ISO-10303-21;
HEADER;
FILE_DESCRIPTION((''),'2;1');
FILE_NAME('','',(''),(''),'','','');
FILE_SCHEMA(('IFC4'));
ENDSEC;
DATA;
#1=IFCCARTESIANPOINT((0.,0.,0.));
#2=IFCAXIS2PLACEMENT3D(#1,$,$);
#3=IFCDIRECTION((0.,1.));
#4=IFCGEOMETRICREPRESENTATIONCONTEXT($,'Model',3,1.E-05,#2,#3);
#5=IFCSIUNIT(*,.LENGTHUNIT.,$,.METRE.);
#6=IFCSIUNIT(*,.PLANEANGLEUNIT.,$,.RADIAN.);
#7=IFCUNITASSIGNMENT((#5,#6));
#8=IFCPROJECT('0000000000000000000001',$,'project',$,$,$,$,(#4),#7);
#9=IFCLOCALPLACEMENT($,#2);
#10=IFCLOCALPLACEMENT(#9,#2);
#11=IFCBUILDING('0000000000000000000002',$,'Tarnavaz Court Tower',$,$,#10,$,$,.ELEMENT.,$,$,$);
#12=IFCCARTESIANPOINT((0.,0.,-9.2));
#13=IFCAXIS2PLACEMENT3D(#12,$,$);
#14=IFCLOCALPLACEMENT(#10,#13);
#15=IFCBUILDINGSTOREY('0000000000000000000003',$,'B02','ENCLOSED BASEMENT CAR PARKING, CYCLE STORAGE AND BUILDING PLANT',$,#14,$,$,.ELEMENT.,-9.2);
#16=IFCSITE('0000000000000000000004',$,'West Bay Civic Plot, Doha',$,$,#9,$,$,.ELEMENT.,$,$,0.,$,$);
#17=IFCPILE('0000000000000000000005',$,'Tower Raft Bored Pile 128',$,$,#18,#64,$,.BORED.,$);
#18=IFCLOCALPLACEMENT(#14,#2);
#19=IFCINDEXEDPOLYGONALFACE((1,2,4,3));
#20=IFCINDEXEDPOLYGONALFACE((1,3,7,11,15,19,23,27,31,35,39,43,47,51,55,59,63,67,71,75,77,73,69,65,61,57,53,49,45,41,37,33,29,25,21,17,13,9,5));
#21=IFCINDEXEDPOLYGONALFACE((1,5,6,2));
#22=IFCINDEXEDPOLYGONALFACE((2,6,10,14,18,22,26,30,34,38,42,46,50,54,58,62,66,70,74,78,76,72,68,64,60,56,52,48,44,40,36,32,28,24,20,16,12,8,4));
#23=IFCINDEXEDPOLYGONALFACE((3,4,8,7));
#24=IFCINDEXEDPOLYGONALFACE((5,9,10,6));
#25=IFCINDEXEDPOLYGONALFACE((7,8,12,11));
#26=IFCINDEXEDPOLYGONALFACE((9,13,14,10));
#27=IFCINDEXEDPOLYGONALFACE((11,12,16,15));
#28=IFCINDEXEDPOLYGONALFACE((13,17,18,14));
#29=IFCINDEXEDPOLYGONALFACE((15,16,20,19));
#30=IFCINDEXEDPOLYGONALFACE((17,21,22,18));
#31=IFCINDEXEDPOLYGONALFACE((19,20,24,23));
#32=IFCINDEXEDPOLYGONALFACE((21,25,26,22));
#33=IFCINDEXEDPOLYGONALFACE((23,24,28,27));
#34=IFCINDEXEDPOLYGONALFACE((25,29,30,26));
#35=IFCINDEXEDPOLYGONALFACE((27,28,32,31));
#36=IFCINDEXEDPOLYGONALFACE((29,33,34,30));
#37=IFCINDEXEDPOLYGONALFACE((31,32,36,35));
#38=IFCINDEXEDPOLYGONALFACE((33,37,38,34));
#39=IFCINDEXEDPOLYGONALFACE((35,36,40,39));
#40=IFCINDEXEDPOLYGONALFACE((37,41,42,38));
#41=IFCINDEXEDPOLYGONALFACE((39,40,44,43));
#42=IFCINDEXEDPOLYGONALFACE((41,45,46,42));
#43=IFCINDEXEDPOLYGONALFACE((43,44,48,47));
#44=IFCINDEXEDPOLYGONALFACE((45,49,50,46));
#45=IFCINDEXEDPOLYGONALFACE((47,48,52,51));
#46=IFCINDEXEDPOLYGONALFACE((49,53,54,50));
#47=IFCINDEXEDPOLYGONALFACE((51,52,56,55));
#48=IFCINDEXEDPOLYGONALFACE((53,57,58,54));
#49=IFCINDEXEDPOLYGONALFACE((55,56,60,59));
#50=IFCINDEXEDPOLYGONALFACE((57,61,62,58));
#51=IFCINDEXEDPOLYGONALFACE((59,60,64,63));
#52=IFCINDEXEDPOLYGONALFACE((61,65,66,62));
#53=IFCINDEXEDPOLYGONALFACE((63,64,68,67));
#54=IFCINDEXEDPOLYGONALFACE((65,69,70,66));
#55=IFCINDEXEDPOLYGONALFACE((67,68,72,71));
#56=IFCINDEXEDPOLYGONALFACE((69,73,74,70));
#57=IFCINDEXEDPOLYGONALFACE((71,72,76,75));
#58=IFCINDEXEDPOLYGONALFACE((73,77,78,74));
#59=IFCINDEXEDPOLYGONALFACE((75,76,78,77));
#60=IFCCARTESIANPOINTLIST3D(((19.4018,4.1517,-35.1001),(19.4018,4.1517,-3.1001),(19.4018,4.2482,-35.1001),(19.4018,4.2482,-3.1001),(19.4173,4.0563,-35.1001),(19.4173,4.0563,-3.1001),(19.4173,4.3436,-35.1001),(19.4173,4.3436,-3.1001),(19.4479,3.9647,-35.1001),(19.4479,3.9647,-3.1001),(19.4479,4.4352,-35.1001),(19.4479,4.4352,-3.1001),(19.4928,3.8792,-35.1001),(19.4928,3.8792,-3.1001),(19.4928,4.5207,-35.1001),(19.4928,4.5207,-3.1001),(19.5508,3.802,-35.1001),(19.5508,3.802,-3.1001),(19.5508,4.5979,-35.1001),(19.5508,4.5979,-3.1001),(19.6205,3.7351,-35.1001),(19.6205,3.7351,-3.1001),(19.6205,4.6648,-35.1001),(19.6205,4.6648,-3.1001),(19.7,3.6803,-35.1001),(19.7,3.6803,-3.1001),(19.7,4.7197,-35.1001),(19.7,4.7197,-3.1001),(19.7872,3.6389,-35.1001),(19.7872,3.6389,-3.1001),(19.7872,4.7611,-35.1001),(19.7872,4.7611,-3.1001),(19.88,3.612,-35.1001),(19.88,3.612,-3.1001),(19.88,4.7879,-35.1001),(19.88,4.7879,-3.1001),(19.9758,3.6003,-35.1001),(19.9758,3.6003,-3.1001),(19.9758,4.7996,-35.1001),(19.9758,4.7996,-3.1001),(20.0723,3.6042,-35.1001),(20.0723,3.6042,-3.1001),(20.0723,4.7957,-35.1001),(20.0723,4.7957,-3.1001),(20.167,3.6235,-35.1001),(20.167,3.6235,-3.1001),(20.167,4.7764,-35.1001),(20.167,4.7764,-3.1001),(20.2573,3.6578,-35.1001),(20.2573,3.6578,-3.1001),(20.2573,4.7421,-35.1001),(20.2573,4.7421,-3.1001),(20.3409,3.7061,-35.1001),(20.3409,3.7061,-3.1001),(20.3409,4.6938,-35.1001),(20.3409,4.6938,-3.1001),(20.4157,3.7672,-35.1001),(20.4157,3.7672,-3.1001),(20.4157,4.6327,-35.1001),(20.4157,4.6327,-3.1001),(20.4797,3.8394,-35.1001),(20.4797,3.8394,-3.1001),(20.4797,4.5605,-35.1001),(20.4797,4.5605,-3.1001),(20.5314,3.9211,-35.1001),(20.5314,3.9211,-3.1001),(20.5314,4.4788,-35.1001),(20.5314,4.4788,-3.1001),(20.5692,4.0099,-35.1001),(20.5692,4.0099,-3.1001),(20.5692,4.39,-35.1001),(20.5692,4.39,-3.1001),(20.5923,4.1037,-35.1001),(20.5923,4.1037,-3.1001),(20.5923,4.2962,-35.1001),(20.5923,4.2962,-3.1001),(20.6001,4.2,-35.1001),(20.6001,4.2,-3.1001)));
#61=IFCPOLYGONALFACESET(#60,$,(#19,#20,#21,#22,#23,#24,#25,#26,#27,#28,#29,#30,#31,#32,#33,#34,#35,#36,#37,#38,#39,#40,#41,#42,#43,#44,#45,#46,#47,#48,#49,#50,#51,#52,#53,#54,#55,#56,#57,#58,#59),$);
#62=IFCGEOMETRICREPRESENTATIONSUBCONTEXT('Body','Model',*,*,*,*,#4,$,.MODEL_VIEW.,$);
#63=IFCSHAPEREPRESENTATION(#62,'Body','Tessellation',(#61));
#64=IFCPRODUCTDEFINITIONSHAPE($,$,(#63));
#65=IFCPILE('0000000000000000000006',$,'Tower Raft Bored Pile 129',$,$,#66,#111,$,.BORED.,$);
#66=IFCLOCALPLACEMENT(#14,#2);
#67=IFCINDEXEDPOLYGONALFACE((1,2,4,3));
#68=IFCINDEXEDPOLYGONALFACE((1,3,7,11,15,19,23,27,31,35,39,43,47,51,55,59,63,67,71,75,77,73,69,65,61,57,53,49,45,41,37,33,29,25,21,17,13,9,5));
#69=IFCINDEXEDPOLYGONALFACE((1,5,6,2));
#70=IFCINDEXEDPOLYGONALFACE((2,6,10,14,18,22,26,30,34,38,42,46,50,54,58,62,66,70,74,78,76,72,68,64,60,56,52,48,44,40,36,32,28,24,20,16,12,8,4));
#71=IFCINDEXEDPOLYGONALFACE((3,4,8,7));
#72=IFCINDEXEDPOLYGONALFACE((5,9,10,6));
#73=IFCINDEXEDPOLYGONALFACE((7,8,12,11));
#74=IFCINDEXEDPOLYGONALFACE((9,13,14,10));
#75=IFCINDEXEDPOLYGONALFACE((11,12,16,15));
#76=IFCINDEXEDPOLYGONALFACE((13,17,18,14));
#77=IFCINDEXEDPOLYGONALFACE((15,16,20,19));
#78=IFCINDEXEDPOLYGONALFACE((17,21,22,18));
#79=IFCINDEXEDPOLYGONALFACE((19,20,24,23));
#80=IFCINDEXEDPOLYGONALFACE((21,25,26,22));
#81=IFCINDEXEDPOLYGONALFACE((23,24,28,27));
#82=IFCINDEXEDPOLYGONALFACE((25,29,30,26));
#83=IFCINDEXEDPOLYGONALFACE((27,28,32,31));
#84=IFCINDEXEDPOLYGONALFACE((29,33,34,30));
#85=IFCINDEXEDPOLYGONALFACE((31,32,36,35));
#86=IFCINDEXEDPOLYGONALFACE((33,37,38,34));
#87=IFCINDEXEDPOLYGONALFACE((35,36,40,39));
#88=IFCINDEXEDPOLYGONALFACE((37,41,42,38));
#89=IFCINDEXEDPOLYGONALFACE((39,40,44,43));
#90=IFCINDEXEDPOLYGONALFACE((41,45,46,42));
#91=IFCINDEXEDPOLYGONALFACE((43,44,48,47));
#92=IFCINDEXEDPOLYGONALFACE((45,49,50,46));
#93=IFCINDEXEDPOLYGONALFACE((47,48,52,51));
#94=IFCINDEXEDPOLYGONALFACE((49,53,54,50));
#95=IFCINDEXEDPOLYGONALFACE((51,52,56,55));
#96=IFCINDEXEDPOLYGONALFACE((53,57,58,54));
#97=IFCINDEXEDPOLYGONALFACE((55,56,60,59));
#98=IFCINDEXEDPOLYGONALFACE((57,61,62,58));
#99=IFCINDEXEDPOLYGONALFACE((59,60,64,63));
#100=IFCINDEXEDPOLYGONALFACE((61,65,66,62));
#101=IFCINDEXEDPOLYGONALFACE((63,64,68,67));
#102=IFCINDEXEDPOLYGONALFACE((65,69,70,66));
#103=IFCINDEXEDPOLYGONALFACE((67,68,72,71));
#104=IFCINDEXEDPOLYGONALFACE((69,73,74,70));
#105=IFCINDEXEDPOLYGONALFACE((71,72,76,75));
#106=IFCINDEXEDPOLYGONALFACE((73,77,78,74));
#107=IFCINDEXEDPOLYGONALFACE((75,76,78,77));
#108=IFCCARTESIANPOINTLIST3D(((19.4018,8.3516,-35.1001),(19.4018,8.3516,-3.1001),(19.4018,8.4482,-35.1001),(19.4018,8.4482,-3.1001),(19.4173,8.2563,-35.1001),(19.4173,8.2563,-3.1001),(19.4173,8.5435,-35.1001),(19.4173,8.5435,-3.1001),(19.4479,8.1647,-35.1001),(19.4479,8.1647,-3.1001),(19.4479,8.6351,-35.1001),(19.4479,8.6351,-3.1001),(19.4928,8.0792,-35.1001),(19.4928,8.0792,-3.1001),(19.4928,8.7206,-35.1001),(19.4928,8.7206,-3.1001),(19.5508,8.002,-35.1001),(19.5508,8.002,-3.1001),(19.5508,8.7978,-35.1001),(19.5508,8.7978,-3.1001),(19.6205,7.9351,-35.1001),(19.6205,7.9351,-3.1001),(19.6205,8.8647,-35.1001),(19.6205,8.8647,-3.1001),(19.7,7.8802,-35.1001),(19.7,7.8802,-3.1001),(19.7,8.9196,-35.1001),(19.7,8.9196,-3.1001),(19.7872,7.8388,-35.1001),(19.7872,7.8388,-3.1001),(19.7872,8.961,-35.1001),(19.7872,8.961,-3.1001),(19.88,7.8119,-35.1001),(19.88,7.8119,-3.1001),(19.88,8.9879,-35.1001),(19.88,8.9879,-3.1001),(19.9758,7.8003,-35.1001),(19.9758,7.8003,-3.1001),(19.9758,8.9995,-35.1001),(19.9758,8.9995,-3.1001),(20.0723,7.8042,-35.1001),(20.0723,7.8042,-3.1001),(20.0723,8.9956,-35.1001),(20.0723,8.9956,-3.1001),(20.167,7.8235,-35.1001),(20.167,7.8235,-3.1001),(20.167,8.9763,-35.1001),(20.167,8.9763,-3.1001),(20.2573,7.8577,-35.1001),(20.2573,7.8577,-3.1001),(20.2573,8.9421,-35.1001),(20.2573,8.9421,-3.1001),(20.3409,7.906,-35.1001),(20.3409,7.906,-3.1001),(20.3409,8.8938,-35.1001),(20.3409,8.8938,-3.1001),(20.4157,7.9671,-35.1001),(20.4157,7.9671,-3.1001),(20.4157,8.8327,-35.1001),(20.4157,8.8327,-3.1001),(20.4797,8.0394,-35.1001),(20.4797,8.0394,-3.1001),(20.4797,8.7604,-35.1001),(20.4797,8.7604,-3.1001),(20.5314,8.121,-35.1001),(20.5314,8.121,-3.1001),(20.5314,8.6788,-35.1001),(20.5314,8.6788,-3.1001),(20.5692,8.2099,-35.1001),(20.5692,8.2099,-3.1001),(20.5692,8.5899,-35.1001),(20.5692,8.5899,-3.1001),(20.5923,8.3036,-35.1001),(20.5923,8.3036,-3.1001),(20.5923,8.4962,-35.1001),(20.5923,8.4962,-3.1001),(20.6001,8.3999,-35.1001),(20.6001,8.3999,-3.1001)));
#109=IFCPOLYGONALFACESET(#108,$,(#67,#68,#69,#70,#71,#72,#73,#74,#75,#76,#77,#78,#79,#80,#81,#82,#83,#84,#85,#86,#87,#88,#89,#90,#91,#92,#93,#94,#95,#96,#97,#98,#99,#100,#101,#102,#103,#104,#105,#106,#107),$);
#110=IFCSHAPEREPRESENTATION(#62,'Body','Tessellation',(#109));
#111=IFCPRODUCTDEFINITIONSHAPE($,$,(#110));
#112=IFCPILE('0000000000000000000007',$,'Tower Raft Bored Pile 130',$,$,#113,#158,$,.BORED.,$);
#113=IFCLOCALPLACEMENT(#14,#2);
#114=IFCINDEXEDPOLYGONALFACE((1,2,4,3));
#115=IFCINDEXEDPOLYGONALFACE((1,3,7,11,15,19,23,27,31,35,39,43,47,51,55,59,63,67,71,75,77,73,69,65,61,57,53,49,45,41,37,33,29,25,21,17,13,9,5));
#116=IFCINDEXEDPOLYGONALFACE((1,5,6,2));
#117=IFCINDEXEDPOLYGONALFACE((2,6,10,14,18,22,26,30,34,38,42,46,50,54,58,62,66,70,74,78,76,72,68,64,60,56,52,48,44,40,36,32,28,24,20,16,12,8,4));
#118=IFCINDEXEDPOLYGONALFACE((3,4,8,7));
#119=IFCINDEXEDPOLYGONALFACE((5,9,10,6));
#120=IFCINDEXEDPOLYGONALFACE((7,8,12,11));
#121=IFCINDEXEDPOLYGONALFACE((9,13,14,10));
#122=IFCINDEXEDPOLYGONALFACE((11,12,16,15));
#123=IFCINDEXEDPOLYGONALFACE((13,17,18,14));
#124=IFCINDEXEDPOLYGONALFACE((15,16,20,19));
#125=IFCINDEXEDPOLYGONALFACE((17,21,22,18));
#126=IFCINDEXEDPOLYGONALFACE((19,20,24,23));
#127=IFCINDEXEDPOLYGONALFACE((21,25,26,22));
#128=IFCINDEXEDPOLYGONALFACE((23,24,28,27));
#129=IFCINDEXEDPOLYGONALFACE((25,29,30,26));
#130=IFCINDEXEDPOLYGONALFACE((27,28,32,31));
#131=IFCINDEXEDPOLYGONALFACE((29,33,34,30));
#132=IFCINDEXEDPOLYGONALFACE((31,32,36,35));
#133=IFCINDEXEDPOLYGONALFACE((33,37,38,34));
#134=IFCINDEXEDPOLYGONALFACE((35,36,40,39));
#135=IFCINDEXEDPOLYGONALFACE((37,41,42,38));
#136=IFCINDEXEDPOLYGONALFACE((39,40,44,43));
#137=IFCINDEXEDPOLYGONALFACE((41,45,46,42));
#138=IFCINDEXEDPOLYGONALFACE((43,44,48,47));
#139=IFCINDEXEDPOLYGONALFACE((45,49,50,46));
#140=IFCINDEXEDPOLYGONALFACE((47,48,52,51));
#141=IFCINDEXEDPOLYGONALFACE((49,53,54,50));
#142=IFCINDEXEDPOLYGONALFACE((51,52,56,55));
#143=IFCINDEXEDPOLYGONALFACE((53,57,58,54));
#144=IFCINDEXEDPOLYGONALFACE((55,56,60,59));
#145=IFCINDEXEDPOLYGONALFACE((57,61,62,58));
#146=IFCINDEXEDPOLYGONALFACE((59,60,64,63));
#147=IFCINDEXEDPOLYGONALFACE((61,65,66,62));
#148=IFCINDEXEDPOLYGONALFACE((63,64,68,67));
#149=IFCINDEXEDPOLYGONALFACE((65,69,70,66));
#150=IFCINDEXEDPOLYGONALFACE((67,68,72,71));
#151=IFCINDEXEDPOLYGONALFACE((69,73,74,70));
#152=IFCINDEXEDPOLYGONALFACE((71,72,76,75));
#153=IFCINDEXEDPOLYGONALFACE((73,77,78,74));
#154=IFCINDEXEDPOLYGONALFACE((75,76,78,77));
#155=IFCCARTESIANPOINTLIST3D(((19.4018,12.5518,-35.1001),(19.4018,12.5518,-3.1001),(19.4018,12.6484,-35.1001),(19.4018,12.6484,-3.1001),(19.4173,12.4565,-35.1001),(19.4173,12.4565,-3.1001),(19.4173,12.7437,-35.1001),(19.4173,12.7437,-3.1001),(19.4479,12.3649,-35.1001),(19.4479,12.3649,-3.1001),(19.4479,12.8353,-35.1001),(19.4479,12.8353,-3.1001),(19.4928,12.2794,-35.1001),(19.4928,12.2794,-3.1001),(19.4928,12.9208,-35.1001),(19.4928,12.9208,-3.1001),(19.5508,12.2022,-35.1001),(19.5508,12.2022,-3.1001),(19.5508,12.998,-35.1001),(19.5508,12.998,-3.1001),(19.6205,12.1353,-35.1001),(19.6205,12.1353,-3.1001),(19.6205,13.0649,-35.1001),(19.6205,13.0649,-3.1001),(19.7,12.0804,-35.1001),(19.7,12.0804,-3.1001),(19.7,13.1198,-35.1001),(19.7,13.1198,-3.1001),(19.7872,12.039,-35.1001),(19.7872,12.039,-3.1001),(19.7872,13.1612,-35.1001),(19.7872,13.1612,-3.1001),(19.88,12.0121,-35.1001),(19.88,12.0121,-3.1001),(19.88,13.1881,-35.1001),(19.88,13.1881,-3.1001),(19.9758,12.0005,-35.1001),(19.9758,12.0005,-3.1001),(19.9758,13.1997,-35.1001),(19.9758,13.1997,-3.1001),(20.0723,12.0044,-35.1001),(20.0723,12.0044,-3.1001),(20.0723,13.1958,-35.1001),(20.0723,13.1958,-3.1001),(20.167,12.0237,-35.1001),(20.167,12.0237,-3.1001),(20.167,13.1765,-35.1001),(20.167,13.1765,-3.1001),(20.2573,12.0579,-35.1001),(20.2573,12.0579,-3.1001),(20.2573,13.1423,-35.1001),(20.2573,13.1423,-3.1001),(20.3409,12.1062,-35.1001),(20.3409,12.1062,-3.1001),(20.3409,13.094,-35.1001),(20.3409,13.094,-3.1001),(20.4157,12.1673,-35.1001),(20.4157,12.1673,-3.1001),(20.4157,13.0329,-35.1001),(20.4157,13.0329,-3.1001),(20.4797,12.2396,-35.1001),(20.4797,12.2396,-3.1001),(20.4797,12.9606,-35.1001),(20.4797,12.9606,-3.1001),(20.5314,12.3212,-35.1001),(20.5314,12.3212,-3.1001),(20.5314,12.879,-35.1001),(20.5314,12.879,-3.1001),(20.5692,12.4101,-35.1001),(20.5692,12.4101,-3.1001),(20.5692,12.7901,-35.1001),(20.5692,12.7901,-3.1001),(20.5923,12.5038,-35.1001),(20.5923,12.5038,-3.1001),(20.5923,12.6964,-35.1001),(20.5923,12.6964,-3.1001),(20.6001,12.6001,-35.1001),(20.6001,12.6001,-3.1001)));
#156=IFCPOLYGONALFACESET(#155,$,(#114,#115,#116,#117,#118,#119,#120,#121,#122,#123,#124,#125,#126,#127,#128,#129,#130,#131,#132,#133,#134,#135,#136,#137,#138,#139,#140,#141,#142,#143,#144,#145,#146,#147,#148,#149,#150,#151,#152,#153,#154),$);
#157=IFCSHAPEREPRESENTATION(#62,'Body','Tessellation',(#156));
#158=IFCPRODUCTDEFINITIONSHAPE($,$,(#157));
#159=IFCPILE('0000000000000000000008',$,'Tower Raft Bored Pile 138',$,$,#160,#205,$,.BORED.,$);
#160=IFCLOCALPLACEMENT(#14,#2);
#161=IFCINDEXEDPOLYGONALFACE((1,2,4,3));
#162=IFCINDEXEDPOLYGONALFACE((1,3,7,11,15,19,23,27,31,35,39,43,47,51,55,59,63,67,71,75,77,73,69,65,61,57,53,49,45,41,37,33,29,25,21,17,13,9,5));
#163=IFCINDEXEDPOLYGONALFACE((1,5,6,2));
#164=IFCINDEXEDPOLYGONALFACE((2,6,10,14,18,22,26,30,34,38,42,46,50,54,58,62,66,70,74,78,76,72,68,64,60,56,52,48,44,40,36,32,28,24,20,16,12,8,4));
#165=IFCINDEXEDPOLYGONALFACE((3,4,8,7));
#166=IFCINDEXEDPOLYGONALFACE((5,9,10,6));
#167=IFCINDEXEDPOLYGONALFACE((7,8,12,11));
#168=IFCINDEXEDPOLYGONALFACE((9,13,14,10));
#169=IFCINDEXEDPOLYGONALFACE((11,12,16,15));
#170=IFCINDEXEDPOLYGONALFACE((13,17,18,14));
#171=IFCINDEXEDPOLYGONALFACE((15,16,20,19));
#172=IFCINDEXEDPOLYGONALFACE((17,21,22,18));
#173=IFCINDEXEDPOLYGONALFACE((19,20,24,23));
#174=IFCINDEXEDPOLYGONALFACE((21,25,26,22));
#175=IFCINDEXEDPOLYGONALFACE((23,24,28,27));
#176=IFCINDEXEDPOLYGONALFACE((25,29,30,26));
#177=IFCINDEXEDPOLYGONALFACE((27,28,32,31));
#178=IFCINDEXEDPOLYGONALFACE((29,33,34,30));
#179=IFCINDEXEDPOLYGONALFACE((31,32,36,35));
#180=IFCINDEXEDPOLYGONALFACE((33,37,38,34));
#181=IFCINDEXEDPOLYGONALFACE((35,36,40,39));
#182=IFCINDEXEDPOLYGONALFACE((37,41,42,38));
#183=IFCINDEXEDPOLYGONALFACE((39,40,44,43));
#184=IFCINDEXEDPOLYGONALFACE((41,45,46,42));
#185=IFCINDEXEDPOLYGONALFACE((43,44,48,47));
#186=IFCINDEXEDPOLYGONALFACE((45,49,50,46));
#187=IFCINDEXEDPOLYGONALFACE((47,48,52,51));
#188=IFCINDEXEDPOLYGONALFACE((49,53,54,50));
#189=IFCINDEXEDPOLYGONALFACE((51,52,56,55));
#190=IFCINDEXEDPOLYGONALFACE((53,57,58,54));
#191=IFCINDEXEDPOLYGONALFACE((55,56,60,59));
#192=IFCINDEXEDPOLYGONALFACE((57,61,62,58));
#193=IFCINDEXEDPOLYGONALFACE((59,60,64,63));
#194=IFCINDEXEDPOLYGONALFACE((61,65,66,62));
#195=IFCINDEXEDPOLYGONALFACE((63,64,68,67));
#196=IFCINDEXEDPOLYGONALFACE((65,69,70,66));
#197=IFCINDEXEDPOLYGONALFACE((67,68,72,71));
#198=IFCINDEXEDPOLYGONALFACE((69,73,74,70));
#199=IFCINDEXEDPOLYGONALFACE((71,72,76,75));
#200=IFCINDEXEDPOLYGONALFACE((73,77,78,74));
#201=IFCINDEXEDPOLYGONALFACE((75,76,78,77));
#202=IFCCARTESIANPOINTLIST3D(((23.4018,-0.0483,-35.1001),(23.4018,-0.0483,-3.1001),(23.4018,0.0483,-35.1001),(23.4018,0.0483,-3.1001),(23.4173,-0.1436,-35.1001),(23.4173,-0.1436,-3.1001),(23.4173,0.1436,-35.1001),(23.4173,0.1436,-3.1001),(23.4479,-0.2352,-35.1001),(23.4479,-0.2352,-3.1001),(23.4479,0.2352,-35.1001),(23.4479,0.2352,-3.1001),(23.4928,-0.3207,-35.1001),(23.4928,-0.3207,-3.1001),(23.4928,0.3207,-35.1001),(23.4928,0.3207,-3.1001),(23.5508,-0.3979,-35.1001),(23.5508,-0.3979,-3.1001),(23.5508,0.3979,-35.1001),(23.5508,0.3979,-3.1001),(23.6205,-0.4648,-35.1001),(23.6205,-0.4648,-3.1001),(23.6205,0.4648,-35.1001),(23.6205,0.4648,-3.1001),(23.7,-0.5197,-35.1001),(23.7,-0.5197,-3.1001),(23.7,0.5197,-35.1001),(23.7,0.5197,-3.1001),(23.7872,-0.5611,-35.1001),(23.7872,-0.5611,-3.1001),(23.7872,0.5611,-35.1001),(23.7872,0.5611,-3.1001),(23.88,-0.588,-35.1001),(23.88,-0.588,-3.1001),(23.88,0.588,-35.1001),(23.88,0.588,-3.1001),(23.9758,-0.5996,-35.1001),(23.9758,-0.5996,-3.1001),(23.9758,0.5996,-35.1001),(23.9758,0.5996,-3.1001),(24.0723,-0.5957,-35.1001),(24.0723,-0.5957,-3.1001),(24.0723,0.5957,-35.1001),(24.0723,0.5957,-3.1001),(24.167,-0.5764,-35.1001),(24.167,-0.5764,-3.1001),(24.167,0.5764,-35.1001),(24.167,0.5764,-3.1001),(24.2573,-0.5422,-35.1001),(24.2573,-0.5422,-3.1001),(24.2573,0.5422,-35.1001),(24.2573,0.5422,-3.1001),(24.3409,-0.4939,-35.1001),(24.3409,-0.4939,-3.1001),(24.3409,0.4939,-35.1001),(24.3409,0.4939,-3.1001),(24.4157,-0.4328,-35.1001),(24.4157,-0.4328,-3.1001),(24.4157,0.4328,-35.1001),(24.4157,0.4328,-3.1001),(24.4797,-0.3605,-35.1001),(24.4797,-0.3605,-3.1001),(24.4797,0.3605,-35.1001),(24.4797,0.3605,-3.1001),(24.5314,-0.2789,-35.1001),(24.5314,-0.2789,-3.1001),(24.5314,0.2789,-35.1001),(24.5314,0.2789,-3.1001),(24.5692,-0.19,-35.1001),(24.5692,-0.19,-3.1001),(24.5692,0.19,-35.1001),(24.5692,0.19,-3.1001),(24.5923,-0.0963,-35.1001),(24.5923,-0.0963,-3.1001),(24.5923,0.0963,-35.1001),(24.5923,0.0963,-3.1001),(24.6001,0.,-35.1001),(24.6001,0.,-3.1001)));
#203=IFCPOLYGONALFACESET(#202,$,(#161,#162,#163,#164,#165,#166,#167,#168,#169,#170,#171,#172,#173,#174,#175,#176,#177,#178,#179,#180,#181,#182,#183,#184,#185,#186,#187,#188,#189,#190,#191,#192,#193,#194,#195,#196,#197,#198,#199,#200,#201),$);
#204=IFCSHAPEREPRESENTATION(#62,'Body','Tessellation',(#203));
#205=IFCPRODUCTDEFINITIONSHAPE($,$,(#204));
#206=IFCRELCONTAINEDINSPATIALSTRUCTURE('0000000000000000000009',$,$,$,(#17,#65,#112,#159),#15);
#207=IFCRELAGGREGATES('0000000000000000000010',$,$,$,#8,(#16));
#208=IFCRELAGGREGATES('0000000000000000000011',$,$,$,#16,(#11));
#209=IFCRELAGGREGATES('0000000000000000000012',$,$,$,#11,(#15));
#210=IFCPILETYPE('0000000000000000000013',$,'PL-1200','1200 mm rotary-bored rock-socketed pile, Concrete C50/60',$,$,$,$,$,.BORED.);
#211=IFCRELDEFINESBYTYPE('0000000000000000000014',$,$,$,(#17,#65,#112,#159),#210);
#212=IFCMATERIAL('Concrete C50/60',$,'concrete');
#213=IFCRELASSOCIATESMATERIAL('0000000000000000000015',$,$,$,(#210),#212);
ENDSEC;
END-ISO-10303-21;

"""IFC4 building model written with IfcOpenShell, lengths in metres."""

from ifc_helpers import new_model, si_unit, direction, frame, origin, origin_2d, place, context, subcontext, project, spatial, circle, extrude, material, material_profile, profile_set, type_object, element, save


model = new_model("IFC4")

# Units and contexts
model_context = context("Model", 3, precision=1e-05, world=origin(), true_north=direction((0.0, 1.0)))
body_context = subcontext(model_context, "Body", "Model", "MODEL_VIEW")
ifc_project = project(units=[si_unit("LENGTHUNIT", "METRE"), si_unit("PLANEANGLEUNIT", "RADIAN")], contexts=[model_context])

# Site, building, storey
site_placement = place(None, origin())
site = spatial("IfcSite", under=ifc_project, at=site_placement, Name="West Bay Civic Plot, Doha", CompositionType="ELEMENT", RefElevation=0.0)
building_placement = place(site_placement, origin())
building = spatial("IfcBuilding", under=site, at=building_placement, Name="Tarnavaz Court Tower", CompositionType="ELEMENT")
storey_placement = place(building_placement, frame((0.0, 0.0, -9.2)))
storey = spatial("IfcBuildingStorey", under=building, at=storey_placement, Name="B02", Description="ENCLOSED BASEMENT CAR PARKING, CYCLE STORAGE AND BUILDING PLANT", CompositionType="ELEMENT", Elevation=-9.2)

# Shared definitions
ifc_material_1 = material(Name="Concrete C50/60", Category="concrete")

# Piles
ifc_material_profile_1 = material_profile(ifc_material_1, circle(Radius=0.6001, at=origin_2d()), Name="PILE D1200")
ifc_profile_set_1 = profile_set([ifc_material_profile_1], Name="Concrete C50/60")
pile_type_1 = type_object("IfcPileType", Name="PL-1200", Description="1200 mm rotary-bored rock-socketed pile, Concrete C50/60", PredefinedType="BORED", material=ifc_profile_set_1)
for number, where, z_axis, x_axis, name in (
    (1, (20.0, 4.2, -3.1001), (0.0, 0.0, -1.0), (1.0, 0.0, 0.0), "Tower Raft Bored Pile 128"),
    (2, (20.0, 8.3999, -3.1001), (0.0, 0.0, -1.0), (1.0, 0.0, 0.0), "Tower Raft Bored Pile 129"),
    (3, (20.0, 12.6001, -3.1001), (0.0, 0.0, -1.0), (1.0, 0.0, 0.0), "Tower Raft Bored Pile 130"),
    (4, (24.0, 0.0, -3.1001), (0.0, 0.0, -1.0), (1.0, 0.0, 0.0), "Tower Raft Bored Pile 138"),
):
    element("IfcPile", number, at=place(storey_placement, frame(where, z_axis=z_axis, x_axis=x_axis)), inside=storey, type_object=pile_type_1, Name=name, PredefinedType="BORED", context=body_context, shape_type="SweptSolid", body=[
        extrude(circle(Radius=0.6001, at=origin_2d()), origin(), (0.0, 0.0, 1.0), 32.0),
    ])

save(model, "model.ifc")
